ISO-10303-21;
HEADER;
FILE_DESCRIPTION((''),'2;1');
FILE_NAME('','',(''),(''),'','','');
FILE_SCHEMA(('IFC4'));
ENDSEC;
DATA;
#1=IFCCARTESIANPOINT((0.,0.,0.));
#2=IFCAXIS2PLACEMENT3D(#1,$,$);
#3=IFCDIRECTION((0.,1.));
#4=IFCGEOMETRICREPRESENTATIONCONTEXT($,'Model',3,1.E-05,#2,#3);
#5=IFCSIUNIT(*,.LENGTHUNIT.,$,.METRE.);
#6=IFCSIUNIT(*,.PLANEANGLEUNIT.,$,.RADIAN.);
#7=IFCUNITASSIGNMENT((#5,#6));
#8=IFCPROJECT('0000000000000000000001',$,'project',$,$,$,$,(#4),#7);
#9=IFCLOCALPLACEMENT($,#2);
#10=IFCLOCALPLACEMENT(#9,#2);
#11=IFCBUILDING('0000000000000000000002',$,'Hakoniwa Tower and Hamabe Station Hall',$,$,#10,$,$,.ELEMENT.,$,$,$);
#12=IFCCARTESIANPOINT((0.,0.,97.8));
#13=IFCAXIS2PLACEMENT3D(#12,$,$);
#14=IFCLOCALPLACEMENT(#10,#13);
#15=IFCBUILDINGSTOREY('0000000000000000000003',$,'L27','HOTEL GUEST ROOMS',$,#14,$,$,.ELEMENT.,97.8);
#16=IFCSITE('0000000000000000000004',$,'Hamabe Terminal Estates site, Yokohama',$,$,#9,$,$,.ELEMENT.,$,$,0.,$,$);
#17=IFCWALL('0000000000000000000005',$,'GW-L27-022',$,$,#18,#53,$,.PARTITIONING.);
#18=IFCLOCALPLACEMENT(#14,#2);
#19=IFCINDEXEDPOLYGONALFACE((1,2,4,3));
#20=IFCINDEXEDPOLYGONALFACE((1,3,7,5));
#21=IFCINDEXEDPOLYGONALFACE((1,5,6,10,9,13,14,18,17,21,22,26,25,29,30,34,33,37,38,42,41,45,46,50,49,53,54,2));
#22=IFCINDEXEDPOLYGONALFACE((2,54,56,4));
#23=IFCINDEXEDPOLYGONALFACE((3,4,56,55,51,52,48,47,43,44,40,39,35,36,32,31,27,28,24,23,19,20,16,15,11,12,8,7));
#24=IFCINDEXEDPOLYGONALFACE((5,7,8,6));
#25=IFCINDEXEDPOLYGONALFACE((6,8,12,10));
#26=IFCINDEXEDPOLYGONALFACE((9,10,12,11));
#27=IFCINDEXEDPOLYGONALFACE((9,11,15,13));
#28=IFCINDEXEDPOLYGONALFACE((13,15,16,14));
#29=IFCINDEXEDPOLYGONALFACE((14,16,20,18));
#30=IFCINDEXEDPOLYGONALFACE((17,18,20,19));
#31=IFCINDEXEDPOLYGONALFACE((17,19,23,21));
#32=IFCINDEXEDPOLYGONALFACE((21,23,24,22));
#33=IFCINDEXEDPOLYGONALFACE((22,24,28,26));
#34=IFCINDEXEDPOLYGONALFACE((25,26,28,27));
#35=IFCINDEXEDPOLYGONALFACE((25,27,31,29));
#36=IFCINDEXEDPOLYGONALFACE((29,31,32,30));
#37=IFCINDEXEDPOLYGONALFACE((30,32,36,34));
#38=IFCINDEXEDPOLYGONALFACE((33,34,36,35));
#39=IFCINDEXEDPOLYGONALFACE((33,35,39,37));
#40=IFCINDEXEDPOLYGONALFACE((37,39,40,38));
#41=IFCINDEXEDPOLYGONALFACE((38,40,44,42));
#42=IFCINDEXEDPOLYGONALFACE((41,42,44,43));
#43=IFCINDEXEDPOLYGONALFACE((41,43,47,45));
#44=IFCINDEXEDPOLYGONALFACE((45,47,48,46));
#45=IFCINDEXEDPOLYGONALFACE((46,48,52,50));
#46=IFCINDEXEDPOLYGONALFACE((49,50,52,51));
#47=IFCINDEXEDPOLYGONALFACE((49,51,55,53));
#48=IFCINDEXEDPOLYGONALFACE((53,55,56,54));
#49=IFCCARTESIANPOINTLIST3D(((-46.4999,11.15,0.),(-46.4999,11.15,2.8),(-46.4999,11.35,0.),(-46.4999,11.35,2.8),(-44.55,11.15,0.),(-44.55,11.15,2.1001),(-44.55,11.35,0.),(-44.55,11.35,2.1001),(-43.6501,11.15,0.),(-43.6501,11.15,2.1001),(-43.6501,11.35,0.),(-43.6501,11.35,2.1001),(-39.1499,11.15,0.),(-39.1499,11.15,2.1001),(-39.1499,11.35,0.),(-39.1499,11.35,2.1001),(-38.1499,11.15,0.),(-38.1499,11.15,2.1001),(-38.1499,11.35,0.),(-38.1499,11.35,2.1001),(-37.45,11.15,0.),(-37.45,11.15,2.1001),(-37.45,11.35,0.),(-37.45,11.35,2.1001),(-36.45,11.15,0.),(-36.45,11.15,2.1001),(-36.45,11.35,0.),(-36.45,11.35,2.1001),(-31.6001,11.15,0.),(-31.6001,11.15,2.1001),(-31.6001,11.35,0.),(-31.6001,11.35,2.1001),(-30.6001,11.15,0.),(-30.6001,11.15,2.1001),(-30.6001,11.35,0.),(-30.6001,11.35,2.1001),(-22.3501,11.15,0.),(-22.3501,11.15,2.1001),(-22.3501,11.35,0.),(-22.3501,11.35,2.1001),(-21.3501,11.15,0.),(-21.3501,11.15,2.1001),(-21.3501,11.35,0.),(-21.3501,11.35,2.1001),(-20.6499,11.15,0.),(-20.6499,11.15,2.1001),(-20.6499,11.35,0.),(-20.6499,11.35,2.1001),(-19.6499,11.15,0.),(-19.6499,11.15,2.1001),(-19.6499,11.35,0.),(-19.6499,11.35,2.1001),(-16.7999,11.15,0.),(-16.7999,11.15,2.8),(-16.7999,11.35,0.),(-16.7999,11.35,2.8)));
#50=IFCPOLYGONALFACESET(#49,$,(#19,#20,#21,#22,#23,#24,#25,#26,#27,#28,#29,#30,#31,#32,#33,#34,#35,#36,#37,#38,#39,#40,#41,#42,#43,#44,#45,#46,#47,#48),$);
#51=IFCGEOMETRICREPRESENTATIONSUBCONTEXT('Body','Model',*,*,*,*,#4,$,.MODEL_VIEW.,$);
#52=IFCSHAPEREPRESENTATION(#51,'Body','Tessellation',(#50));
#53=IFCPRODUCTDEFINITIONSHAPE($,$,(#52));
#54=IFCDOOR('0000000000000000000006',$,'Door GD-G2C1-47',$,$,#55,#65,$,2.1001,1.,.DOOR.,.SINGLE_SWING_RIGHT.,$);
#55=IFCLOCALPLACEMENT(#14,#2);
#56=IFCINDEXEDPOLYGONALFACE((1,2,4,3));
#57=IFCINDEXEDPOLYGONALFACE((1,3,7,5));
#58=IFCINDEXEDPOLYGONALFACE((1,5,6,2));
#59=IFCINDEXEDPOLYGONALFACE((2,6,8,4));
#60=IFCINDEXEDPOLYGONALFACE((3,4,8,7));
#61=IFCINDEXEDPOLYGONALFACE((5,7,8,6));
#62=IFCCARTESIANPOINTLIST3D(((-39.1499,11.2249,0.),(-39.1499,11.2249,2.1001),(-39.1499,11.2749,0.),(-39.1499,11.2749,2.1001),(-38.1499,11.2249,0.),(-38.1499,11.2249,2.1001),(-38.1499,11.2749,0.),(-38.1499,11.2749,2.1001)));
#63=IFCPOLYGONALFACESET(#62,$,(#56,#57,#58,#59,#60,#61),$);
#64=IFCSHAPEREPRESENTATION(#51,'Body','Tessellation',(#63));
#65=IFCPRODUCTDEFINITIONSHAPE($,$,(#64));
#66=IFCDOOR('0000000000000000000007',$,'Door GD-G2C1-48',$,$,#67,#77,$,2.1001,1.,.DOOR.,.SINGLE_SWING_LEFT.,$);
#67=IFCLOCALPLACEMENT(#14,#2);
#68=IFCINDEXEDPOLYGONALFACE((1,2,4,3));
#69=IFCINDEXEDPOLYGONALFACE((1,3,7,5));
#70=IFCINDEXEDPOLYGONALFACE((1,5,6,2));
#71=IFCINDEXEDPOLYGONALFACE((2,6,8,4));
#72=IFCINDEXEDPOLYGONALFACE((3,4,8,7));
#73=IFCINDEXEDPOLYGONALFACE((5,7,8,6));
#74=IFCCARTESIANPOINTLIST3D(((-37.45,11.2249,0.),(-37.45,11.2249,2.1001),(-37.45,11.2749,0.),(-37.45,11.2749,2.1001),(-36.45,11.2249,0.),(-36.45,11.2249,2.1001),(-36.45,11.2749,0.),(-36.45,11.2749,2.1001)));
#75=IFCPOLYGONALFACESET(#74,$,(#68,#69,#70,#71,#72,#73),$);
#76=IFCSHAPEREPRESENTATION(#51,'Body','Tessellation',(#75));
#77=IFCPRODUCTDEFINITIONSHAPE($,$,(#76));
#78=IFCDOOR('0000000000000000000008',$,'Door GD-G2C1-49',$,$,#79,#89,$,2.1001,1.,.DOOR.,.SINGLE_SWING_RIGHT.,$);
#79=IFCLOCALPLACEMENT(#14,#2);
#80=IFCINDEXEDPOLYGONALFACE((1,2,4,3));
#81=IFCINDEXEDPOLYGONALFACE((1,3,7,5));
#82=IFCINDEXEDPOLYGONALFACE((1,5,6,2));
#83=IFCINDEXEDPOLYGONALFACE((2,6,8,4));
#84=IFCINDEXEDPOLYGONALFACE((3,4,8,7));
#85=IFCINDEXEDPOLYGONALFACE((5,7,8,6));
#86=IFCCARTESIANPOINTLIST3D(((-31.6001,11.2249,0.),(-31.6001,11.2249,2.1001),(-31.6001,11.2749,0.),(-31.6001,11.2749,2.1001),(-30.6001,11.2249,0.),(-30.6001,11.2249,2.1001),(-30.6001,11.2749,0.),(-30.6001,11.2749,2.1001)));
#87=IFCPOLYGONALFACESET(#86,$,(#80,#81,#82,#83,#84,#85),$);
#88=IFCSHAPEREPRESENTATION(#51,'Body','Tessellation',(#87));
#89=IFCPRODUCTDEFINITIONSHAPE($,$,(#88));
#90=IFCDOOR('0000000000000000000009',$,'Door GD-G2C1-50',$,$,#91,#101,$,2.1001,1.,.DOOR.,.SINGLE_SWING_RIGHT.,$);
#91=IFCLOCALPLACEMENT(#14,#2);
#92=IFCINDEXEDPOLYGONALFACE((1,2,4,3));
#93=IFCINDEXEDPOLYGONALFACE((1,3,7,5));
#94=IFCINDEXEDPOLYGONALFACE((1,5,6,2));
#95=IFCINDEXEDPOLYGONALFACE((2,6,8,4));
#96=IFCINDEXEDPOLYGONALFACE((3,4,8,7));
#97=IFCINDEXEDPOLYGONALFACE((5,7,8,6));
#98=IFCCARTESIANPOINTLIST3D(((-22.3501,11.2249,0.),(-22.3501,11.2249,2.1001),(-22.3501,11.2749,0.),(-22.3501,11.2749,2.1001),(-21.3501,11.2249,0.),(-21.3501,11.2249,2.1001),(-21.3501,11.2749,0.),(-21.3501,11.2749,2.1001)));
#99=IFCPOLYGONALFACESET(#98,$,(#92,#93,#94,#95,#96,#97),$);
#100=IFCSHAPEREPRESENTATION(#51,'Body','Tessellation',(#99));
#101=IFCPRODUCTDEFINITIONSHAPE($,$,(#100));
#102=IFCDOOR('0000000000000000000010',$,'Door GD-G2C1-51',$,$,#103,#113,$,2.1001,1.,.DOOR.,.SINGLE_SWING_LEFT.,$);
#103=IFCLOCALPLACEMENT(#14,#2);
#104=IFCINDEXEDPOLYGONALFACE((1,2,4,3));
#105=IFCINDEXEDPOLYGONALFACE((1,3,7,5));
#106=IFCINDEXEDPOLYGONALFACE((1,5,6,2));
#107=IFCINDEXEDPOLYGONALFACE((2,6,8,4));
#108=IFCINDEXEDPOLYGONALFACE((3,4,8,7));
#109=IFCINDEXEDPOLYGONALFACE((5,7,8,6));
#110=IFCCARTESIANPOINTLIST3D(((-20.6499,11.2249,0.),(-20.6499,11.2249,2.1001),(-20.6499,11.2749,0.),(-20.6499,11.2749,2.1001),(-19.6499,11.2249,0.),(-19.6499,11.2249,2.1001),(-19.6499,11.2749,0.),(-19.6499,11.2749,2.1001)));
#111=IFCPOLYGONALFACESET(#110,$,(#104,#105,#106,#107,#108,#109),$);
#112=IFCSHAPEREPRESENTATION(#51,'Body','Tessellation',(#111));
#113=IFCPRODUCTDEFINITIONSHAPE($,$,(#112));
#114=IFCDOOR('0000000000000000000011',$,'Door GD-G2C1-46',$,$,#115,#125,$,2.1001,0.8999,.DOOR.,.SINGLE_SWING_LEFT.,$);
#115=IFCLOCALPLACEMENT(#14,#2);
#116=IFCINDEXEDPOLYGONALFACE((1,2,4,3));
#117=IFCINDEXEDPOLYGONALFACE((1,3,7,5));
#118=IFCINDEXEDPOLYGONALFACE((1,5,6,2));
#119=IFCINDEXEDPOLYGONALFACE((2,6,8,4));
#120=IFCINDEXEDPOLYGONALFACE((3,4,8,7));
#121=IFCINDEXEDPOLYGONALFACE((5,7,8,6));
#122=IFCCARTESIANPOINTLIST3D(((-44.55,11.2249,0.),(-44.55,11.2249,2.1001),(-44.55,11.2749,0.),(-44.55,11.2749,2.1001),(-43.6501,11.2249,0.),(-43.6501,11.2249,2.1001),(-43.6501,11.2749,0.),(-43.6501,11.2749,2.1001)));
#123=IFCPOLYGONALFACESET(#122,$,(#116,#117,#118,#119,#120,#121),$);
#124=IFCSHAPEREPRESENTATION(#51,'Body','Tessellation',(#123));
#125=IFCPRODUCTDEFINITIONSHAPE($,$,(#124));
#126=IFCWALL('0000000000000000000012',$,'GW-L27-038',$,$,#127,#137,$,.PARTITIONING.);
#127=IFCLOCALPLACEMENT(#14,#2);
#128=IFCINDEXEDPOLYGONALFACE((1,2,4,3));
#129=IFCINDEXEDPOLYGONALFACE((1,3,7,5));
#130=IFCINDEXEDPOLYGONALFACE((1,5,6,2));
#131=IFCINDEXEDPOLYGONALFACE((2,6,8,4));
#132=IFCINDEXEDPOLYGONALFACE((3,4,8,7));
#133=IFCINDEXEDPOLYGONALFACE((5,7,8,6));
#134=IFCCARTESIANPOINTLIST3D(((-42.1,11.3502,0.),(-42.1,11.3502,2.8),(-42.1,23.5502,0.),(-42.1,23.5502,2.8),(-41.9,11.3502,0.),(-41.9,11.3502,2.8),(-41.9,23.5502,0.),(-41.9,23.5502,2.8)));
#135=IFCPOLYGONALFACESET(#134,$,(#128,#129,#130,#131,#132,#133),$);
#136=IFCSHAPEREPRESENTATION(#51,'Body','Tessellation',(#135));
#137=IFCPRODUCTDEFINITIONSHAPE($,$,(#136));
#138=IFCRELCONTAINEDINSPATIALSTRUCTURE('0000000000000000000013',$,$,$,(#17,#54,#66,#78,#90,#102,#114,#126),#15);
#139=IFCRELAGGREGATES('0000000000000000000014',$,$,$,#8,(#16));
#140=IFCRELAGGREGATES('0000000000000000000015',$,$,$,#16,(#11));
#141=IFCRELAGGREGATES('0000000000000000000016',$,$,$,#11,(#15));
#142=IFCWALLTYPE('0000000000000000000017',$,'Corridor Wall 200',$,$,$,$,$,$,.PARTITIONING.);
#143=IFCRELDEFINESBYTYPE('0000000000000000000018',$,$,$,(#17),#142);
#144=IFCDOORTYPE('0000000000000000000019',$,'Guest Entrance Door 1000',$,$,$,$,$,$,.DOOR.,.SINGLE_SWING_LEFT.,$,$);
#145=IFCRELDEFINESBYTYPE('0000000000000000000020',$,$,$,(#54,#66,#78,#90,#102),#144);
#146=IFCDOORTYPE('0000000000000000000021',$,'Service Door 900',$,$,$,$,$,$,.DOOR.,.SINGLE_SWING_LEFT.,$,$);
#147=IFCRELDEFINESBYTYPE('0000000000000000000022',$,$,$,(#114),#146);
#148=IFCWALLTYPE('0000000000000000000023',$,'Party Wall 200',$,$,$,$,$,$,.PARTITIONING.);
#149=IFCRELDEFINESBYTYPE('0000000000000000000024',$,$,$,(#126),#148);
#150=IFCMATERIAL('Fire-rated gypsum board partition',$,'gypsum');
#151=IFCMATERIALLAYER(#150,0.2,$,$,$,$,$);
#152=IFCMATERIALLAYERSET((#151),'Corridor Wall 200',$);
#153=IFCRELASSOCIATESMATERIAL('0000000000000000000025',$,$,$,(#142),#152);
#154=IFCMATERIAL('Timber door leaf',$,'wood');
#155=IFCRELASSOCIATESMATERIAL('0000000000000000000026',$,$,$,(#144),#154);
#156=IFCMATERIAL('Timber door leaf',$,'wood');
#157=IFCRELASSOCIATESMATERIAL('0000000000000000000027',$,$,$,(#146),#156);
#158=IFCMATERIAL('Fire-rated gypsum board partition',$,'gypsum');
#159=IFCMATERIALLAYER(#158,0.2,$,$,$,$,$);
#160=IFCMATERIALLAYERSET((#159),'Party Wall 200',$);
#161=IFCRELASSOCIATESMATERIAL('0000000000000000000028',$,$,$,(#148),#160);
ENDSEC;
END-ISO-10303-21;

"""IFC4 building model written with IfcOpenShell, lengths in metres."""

from ifc_helpers import new_model, si_unit, direction, frame, frame_2d, origin, place, context, subcontext, project, spatial, rectangle, extrude, material, layer, layer_set, type_object, element, fill, save


model = new_model("IFC4")

# Units and contexts
model_context = context("Model", 3, precision=1e-05, world=origin(), true_north=direction((0.0, 1.0)))
body_context = subcontext(model_context, "Body", "Model", "MODEL_VIEW")
ifc_project = project(units=[si_unit("LENGTHUNIT", "METRE"), si_unit("PLANEANGLEUNIT", "RADIAN")], contexts=[model_context])

# Site, building, storey
site_placement = place(None, origin())
site = spatial("IfcSite", under=ifc_project, at=site_placement, Name="Hamabe Terminal Estates site, Yokohama", CompositionType="ELEMENT", RefElevation=0.0)
building_placement = place(site_placement, origin())
building = spatial("IfcBuilding", under=site, at=building_placement, Name="Hakoniwa Tower and Hamabe Station Hall", CompositionType="ELEMENT")
storey_placement = place(building_placement, frame((0.0, 0.0, 97.8)))
storey = spatial("IfcBuildingStorey", under=building, at=storey_placement, Name="L27", Description="HOTEL GUEST ROOMS", CompositionType="ELEMENT", Elevation=97.8)

# Shared definitions
ifc_material_1 = material(Name="Fire-rated gypsum board partition", Category="gypsum")
ifc_layer_1 = layer(ifc_material_1, 0.2)
ifc_layer_set_1 = layer_set([ifc_layer_1], Name="Corridor Wall 200")
wall_type_1 = type_object("IfcWallType", Name="Corridor Wall 200", PredefinedType="PARTITIONING", material=ifc_layer_set_1)
ifc_material_2 = material(Name="Timber door leaf", Category="wood")
door_type_1 = type_object("IfcDoorType", Name="Guest Entrance Door 1000", OperationType="SINGLE_SWING_LEFT", PredefinedType="DOOR", material=ifc_material_2)

# Wall, openings, doors
wall_1_placement = place(storey_placement, frame((-46.5, 11.25, 0.0), z_axis=(0.0, 0.0, 1.0), x_axis=(1.0, 0.0, 0.0)))
wall_1 = element("IfcWall", 1, at=wall_1_placement, inside=storey, type_object=wall_type_1, Name="GW-L27-022", PredefinedType="PARTITIONING", context=body_context, shape_type="SweptSolid", body=[
    extrude(rectangle(XDim=29.7, YDim=0.2, at=frame_2d((14.8501, 0.0))), origin(), (0.0, 0.0, 1.0), 2.8),
])
opening_1_placement = place(wall_1_placement, frame((1.95, 0.0, 0.0)))
opening_1 = element("IfcOpeningElement", 2, at=opening_1_placement, cuts=wall_1, PredefinedType="OPENING", context=body_context, shape_type="SweptSolid", body=[
    extrude(rectangle(XDim=0.8999, YDim=2.1001, at=frame_2d((0.45, 1.05))), frame((0.0, 0.1099, 0.0), z_axis=(0.0, -1.0, 0.0), x_axis=(1.0, 0.0, 0.0)), (0.0, 0.0, 1.0), 0.22),
])
opening_2_placement = place(wall_1_placement, frame((7.3501, 0.0, 0.0)))
opening_2 = element("IfcOpeningElement", 3, at=opening_2_placement, cuts=wall_1, PredefinedType="OPENING", context=body_context, shape_type="SweptSolid", body=[
    extrude(rectangle(XDim=1.0, YDim=2.1001, at=frame_2d((0.5, 1.05))), frame((0.0, 0.1099, 0.0), z_axis=(0.0, -1.0, 0.0), x_axis=(1.0, 0.0, 0.0)), (0.0, 0.0, 1.0), 0.22),
])
opening_3_placement = place(wall_1_placement, frame((9.05, 0.0, 0.0)))
opening_3 = element("IfcOpeningElement", 4, at=opening_3_placement, cuts=wall_1, PredefinedType="OPENING", context=body_context, shape_type="SweptSolid", body=[
    extrude(rectangle(XDim=1.0, YDim=2.1001, at=frame_2d((0.5, 1.05))), frame((0.0, 0.1099, 0.0), z_axis=(0.0, -1.0, 0.0), x_axis=(1.0, 0.0, 0.0)), (0.0, 0.0, 1.0), 0.22),
])
opening_4_placement = place(wall_1_placement, frame((14.8999, 0.0, 0.0)))
opening_4 = element("IfcOpeningElement", 5, at=opening_4_placement, cuts=wall_1, PredefinedType="OPENING", context=body_context, shape_type="SweptSolid", body=[
    extrude(rectangle(XDim=1.0, YDim=2.1001, at=frame_2d((0.5, 1.05))), frame((0.0, 0.1099, 0.0), z_axis=(0.0, -1.0, 0.0), x_axis=(1.0, 0.0, 0.0)), (0.0, 0.0, 1.0), 0.22),
])
opening_5_placement = place(wall_1_placement, frame((24.1499, 0.0, 0.0)))
opening_5 = element("IfcOpeningElement", 6, at=opening_5_placement, cuts=wall_1, PredefinedType="OPENING", context=body_context, shape_type="SweptSolid", body=[
    extrude(rectangle(XDim=1.0, YDim=2.1001, at=frame_2d((0.5, 1.05))), frame((0.0, 0.1099, 0.0), z_axis=(0.0, -1.0, 0.0), x_axis=(1.0, 0.0, 0.0)), (0.0, 0.0, 1.0), 0.22),
])
opening_6_placement = place(wall_1_placement, frame((25.8501, 0.0, 0.0)))
opening_6 = element("IfcOpeningElement", 7, at=opening_6_placement, cuts=wall_1, PredefinedType="OPENING", context=body_context, shape_type="SweptSolid", body=[
    extrude(rectangle(XDim=1.0, YDim=2.1001, at=frame_2d((0.5, 1.05))), frame((0.0, 0.1099, 0.0), z_axis=(0.0, -1.0, 0.0), x_axis=(1.0, 0.0, 0.0)), (0.0, 0.0, 1.0), 0.22),
])
door_1_placement = place(opening_2_placement, origin())
door_1 = element("IfcDoor", 8, at=door_1_placement, inside=storey, type_object=door_type_1, Name="Door GD-G2C1-47", OperationType="SINGLE_SWING_RIGHT", OverallHeight=2.1001, OverallWidth=1.0, PredefinedType="DOOR", context=body_context, shape_type="SweptSolid", body=[
    extrude(rectangle(XDim=1.0, YDim=2.1001, at=frame_2d((0.5, 1.05))), frame((0.0, 0.0249, 0.0), z_axis=(0.0, -1.0, 0.0), x_axis=(1.0, 0.0, 0.0)), (0.0, 0.0, 1.0), 0.05),
])
fill(opening_2, door_1)
door_2_placement = place(opening_3_placement, origin())
door_2 = element("IfcDoor", 9, at=door_2_placement, inside=storey, type_object=door_type_1, Name="Door GD-G2C1-48", OperationType="SINGLE_SWING_LEFT", OverallHeight=2.1001, OverallWidth=1.0, PredefinedType="DOOR", context=body_context, shape_type="SweptSolid", body=[
    extrude(rectangle(XDim=1.0, YDim=2.1001, at=frame_2d((0.5, 1.05))), frame((0.0, 0.0249, 0.0), z_axis=(0.0, -1.0, 0.0), x_axis=(1.0, 0.0, 0.0)), (0.0, 0.0, 1.0), 0.05),
])
fill(opening_3, door_2)
door_3_placement = place(opening_4_placement, origin())
door_3 = element("IfcDoor", 10, at=door_3_placement, inside=storey, type_object=door_type_1, Name="Door GD-G2C1-49", OperationType="SINGLE_SWING_RIGHT", OverallHeight=2.1001, OverallWidth=1.0, PredefinedType="DOOR", context=body_context, shape_type="SweptSolid", body=[
    extrude(rectangle(XDim=1.0, YDim=2.1001, at=frame_2d((0.5, 1.05))), frame((0.0, 0.0249, 0.0), z_axis=(0.0, -1.0, 0.0), x_axis=(1.0, 0.0, 0.0)), (0.0, 0.0, 1.0), 0.05),
])
fill(opening_4, door_3)
door_4_placement = place(opening_5_placement, origin())
door_4 = element("IfcDoor", 11, at=door_4_placement, inside=storey, type_object=door_type_1, Name="Door GD-G2C1-50", OperationType="SINGLE_SWING_RIGHT", OverallHeight=2.1001, OverallWidth=1.0, PredefinedType="DOOR", context=body_context, shape_type="SweptSolid", body=[
    extrude(rectangle(XDim=1.0, YDim=2.1001, at=frame_2d((0.5, 1.05))), frame((0.0, 0.0249, 0.0), z_axis=(0.0, -1.0, 0.0), x_axis=(1.0, 0.0, 0.0)), (0.0, 0.0, 1.0), 0.05),
])
fill(opening_5, door_4)
door_5_placement = place(opening_6_placement, origin())
door_5 = element("IfcDoor", 12, at=door_5_placement, inside=storey, type_object=door_type_1, Name="Door GD-G2C1-51", OperationType="SINGLE_SWING_LEFT", OverallHeight=2.1001, OverallWidth=1.0, PredefinedType="DOOR", context=body_context, shape_type="SweptSolid", body=[
    extrude(rectangle(XDim=1.0, YDim=2.1001, at=frame_2d((0.5, 1.05))), frame((0.0, 0.0249, 0.0), z_axis=(0.0, -1.0, 0.0), x_axis=(1.0, 0.0, 0.0)), (0.0, 0.0, 1.0), 0.05),
])
fill(opening_6, door_5)
ifc_material_3 = material(Name="Timber door leaf", Category="wood")
door_type_2 = type_object("IfcDoorType", Name="Service Door 900", OperationType="SINGLE_SWING_LEFT", PredefinedType="DOOR", material=ifc_material_3)
door_6_placement = place(opening_1_placement, origin())
door_6 = element("IfcDoor", 13, at=door_6_placement, inside=storey, type_object=door_type_2, Name="Door GD-G2C1-46", OperationType="SINGLE_SWING_LEFT", OverallHeight=2.1001, OverallWidth=0.8999, PredefinedType="DOOR", context=body_context, shape_type="SweptSolid", body=[
    extrude(rectangle(XDim=0.8999, YDim=2.1001, at=frame_2d((0.45, 1.05))), frame((0.0, 0.0249, 0.0), z_axis=(0.0, -1.0, 0.0), x_axis=(1.0, 0.0, 0.0)), (0.0, 0.0, 1.0), 0.05),
])
fill(opening_1, door_6)

# Wall
ifc_material_4 = material(Name="Fire-rated gypsum board partition", Category="gypsum")
ifc_layer_2 = layer(ifc_material_4, 0.2)
ifc_layer_set_2 = layer_set([ifc_layer_2], Name="Party Wall 200")
wall_type_2 = type_object("IfcWallType", Name="Party Wall 200", PredefinedType="PARTITIONING", material=ifc_layer_set_2)
wall_2_placement = place(storey_placement, frame((-42.0, 11.3501, 0.0), z_axis=(0.0, 0.0, 1.0), x_axis=(0.0, 1.0, 0.0)))
element("IfcWall", 14, at=wall_2_placement, inside=storey, type_object=wall_type_2, Name="GW-L27-038", PredefinedType="PARTITIONING", context=body_context, shape_type="SweptSolid", body=[
    extrude(rectangle(XDim=12.2, YDim=0.2, at=frame_2d((6.1001, 0.0))), origin(), (0.0, 0.0, 1.0), 2.8),
])

save(model, "model.ifc")
